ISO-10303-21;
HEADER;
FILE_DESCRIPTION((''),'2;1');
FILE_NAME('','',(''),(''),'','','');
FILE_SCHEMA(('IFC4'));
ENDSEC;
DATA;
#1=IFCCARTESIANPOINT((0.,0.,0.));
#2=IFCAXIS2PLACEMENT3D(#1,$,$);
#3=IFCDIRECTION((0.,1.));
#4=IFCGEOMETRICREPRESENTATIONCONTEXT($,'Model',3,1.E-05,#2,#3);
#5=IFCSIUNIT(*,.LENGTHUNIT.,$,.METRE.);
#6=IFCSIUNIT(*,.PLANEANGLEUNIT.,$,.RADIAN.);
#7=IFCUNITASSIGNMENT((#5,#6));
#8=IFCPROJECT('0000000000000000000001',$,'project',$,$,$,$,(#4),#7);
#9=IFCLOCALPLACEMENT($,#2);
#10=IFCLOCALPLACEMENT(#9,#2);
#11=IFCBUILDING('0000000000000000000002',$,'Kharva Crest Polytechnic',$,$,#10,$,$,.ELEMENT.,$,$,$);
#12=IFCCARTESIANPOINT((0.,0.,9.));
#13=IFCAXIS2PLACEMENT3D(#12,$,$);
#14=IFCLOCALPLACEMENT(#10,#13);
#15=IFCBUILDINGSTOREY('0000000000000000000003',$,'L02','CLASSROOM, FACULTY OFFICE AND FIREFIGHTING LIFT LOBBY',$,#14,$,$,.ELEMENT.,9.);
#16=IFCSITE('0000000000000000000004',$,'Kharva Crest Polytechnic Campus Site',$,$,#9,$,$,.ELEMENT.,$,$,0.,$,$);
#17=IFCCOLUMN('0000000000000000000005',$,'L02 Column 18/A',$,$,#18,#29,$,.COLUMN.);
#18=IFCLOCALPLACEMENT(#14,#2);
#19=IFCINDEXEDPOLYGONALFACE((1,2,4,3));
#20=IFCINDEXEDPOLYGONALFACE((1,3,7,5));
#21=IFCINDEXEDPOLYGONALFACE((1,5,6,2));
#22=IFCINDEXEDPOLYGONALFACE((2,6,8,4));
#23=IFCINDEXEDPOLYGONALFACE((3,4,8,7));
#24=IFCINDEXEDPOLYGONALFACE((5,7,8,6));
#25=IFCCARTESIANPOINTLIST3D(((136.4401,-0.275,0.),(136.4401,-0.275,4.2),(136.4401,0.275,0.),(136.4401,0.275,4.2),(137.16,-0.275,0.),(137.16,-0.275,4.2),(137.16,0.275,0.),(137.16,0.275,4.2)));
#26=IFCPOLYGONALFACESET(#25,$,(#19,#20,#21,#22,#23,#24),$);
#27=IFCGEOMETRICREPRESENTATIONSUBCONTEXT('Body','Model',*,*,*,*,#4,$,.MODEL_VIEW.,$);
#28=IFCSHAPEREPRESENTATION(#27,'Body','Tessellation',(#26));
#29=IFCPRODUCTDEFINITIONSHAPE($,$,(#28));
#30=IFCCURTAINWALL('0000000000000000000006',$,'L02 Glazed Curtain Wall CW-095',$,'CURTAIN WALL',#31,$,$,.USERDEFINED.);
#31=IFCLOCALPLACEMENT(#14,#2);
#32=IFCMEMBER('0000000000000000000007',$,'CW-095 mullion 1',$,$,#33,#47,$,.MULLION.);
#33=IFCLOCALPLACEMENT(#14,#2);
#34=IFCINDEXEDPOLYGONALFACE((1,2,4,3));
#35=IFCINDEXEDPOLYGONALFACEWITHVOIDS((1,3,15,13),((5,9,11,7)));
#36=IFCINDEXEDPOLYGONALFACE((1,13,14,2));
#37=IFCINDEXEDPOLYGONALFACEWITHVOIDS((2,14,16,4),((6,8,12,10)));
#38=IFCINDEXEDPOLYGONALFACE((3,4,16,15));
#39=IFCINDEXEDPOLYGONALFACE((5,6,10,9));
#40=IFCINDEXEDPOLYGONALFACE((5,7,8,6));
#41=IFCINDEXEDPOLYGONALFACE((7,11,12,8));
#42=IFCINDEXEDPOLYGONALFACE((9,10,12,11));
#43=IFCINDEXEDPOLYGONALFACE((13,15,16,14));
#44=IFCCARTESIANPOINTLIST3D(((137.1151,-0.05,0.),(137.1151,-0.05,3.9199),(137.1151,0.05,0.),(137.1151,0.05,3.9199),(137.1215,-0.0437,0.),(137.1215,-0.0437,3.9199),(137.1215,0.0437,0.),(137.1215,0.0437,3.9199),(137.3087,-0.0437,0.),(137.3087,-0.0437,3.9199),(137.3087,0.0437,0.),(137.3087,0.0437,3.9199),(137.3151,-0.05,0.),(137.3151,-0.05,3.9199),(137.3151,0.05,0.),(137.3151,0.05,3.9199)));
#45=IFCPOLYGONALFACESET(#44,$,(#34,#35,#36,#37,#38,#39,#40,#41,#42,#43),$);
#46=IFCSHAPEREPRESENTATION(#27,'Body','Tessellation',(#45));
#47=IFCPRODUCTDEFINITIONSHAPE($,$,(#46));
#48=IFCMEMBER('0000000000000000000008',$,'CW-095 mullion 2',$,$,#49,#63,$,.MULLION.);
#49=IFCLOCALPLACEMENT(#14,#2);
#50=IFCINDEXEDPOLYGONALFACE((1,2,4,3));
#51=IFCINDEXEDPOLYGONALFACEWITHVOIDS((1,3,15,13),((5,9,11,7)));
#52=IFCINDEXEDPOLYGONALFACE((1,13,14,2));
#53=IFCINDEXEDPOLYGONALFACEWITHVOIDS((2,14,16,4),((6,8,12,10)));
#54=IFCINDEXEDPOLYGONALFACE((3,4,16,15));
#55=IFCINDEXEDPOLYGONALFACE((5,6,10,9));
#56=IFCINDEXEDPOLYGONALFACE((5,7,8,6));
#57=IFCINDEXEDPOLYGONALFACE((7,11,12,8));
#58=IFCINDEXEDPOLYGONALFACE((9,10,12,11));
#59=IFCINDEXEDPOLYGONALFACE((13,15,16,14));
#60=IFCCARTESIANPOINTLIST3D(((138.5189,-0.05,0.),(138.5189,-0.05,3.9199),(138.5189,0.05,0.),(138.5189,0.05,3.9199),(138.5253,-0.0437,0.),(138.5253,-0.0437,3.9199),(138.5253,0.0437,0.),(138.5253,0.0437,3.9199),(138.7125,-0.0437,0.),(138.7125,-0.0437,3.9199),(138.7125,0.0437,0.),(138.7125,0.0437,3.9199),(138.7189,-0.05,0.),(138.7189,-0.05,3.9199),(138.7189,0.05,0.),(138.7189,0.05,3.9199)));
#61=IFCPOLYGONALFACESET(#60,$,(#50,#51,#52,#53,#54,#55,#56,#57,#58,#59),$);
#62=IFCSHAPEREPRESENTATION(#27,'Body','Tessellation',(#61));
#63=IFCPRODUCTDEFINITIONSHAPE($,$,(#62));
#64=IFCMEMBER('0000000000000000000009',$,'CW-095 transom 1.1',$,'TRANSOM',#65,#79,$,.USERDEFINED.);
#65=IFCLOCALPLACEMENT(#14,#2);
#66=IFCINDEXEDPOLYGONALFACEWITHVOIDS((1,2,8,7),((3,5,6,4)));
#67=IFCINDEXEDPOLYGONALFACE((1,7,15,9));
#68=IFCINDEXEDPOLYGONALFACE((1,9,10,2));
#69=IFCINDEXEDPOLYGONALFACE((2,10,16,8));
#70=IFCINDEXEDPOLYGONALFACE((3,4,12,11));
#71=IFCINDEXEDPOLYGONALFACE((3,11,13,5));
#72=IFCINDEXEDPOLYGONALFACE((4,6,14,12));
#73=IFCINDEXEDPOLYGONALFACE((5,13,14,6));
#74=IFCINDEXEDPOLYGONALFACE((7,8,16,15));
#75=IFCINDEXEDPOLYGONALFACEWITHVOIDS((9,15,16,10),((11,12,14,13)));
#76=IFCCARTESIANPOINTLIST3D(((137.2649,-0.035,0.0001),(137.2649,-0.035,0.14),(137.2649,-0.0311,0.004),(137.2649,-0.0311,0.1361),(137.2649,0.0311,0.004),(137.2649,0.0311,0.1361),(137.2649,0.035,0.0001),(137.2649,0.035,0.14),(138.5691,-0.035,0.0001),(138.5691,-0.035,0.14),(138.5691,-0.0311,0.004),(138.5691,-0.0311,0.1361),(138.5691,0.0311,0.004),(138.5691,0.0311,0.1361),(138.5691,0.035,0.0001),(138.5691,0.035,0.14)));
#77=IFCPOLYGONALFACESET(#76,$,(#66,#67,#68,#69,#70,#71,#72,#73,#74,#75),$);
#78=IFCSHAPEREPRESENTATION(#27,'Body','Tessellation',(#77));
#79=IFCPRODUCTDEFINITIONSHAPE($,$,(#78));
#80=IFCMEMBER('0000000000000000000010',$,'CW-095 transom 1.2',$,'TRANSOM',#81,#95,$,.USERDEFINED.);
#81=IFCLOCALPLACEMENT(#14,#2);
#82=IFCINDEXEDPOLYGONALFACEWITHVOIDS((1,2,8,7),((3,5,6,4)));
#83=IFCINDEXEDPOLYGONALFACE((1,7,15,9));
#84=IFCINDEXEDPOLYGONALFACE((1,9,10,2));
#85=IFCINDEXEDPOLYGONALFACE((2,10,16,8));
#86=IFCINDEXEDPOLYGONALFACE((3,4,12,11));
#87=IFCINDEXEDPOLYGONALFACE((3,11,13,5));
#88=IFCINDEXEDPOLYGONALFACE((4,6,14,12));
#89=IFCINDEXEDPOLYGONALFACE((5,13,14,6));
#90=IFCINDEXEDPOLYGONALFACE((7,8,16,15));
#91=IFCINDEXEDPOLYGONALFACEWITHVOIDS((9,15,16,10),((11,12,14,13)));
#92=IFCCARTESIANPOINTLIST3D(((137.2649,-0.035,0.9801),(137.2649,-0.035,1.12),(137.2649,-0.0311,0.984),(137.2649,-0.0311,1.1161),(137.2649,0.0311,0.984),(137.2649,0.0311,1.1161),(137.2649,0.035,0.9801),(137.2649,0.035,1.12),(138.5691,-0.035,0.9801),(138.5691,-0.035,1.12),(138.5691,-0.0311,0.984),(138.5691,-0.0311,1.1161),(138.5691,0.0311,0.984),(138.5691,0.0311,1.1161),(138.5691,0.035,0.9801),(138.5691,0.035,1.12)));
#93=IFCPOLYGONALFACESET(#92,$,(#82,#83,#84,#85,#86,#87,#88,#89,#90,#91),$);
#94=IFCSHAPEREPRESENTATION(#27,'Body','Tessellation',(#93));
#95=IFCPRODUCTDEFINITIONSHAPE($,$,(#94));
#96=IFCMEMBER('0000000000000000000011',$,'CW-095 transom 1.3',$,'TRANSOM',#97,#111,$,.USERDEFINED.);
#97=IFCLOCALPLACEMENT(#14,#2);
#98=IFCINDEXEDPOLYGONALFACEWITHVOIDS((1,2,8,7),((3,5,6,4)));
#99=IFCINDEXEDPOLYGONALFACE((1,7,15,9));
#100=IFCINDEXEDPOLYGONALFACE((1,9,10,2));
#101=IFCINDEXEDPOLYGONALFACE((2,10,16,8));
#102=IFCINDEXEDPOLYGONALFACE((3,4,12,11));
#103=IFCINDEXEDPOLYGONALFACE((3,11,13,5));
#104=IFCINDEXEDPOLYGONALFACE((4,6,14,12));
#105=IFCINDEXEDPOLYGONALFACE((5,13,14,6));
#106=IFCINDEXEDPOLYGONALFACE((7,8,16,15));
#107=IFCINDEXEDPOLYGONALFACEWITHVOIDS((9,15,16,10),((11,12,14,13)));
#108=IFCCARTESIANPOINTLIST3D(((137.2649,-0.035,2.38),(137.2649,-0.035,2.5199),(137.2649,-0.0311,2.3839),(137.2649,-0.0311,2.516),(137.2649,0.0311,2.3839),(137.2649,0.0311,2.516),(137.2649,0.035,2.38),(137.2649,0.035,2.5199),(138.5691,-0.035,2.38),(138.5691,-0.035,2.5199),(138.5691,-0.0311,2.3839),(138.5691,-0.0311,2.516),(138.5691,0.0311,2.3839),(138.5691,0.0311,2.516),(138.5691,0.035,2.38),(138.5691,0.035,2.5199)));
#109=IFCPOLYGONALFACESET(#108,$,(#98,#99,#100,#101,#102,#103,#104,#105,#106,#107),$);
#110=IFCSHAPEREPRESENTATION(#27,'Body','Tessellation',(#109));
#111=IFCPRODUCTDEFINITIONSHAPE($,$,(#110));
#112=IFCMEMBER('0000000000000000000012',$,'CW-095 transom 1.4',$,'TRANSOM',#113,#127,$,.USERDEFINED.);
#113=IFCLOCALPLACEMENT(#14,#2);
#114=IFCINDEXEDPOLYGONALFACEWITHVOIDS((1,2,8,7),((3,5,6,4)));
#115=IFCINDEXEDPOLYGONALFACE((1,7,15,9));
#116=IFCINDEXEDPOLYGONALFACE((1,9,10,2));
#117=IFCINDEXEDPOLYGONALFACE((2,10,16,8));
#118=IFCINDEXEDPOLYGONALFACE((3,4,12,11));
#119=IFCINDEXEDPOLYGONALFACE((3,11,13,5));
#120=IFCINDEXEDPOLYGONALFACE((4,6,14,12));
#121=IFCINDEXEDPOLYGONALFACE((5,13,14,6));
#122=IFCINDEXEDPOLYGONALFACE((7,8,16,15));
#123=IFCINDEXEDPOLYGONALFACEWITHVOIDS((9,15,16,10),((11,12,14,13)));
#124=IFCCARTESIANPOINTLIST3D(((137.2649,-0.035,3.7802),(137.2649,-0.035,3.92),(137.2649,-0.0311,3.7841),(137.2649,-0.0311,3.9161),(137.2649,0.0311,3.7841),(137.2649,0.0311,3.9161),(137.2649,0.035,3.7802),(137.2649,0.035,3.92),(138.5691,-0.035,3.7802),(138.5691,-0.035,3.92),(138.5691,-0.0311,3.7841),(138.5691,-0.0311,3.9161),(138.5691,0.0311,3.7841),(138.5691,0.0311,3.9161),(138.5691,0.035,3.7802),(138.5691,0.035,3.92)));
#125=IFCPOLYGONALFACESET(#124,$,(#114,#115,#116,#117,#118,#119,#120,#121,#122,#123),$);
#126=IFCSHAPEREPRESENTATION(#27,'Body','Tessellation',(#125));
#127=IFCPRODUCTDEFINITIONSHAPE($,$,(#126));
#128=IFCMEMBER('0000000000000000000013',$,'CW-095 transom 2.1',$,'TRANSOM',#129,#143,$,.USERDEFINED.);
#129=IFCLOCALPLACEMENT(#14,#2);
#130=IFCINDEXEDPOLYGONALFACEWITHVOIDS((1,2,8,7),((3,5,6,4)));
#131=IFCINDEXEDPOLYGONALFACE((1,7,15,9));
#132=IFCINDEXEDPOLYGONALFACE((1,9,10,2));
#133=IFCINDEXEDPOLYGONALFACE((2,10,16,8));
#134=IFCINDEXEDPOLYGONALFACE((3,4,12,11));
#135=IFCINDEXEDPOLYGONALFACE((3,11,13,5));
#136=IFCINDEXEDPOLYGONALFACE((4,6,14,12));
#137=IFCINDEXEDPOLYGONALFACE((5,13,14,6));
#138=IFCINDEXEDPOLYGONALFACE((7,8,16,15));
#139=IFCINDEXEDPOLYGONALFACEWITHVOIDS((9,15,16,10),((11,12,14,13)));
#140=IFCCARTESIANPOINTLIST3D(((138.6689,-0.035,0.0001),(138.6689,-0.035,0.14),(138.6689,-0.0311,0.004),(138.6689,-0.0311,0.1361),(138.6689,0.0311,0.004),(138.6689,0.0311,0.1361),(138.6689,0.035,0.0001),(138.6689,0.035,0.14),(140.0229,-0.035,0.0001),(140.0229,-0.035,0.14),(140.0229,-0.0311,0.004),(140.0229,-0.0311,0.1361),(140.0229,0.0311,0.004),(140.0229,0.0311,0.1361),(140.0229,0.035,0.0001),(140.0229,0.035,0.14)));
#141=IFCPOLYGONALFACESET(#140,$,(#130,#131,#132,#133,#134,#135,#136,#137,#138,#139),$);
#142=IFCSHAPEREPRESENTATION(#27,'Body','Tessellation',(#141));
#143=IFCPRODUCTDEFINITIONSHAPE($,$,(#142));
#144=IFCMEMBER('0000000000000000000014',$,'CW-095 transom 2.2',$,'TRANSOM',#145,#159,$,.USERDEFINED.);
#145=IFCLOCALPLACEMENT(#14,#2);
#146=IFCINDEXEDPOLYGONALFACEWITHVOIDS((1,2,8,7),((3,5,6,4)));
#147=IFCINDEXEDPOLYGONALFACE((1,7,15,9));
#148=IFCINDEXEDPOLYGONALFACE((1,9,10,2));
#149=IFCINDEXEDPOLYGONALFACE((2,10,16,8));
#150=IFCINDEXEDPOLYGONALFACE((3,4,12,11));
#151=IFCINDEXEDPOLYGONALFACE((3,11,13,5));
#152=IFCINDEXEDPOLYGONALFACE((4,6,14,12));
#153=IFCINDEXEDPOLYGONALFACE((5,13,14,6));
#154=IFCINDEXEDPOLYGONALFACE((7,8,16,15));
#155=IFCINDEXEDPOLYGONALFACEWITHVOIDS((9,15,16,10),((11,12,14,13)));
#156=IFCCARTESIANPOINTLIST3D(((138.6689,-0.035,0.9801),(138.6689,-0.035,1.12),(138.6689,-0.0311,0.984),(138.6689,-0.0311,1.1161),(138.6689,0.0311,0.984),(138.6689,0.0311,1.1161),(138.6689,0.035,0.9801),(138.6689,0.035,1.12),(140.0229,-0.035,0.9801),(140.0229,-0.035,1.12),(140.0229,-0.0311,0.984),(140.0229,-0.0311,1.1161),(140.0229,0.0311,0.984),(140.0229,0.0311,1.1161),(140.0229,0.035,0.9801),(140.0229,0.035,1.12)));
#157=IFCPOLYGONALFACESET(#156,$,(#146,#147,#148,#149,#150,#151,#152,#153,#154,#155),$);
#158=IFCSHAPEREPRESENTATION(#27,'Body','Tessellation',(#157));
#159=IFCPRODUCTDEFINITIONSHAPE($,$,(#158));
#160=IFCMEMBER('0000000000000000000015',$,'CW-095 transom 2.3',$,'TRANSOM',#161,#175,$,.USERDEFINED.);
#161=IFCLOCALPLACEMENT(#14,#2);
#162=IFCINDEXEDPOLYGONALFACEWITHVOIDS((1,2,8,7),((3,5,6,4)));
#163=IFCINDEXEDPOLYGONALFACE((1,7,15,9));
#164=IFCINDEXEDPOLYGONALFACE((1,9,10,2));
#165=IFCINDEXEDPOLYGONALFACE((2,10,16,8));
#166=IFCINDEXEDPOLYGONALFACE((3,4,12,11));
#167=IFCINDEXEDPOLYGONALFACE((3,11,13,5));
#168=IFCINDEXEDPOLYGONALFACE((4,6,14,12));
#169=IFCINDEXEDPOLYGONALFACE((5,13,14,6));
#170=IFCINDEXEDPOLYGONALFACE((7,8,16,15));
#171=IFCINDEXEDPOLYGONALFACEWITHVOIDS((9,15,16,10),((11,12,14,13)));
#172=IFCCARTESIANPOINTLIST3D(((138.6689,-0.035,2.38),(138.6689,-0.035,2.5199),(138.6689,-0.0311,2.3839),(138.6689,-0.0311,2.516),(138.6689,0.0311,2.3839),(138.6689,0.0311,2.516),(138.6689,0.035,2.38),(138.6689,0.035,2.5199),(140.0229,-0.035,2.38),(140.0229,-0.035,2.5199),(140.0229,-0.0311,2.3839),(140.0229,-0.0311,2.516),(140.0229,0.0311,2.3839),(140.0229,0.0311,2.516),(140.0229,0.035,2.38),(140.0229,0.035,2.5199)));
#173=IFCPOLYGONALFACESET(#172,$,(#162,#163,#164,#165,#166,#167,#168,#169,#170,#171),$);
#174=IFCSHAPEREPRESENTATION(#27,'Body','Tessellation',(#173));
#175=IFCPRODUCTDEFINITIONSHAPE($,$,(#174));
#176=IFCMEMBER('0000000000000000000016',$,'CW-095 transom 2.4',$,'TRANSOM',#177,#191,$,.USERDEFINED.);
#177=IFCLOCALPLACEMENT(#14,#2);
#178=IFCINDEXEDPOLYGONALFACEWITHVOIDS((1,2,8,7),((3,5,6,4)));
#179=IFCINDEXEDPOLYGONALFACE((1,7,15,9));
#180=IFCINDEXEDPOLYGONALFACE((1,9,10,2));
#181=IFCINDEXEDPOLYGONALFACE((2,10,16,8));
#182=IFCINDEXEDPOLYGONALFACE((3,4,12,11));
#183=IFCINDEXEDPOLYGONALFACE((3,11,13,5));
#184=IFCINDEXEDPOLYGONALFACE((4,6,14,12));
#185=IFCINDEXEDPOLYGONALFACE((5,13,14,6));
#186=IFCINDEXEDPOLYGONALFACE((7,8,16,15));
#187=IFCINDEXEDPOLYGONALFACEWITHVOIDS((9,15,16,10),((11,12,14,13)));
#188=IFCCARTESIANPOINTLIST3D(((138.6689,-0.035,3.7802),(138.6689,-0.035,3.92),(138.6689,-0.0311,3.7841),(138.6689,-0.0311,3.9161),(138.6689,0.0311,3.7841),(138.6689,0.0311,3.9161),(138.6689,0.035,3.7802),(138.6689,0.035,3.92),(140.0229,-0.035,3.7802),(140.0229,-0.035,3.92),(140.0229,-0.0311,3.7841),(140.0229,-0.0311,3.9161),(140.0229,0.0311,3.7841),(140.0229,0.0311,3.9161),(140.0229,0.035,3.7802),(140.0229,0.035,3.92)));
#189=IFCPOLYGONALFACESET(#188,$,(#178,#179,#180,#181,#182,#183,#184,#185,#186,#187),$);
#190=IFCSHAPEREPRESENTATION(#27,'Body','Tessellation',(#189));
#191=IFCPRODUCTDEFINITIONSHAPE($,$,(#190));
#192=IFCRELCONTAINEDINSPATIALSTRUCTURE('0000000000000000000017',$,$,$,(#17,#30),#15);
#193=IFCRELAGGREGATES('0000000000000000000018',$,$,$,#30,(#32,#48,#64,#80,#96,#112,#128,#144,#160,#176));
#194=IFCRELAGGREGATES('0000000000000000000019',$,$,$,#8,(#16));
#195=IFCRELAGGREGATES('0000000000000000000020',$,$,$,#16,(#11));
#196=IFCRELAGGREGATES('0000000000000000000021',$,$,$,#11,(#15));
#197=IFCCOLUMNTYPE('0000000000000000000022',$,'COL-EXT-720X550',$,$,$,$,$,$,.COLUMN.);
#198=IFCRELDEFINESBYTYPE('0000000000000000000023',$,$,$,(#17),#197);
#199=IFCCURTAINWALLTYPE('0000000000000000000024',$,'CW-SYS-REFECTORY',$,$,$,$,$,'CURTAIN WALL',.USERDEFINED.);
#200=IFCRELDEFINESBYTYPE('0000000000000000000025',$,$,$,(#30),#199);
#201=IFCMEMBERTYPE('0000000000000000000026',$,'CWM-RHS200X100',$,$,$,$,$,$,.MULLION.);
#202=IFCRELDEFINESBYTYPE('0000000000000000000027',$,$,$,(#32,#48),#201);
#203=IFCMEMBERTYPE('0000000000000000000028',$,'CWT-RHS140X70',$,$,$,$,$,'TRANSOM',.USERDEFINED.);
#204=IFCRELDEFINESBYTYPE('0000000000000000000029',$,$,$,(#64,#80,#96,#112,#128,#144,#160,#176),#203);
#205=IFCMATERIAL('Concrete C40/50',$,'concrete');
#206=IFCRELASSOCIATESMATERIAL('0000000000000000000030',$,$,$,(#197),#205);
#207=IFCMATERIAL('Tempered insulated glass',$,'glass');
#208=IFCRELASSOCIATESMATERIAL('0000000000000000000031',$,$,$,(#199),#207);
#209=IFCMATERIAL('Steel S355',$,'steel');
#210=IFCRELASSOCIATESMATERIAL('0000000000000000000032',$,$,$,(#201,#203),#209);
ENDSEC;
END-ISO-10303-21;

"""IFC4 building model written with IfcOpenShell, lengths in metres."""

from ifc_helpers import new_model, si_unit, direction, frame, origin, origin_2d, place, context, subcontext, project, spatial, rectangle, hollow_rectangle, extrude, material, material_profile, profile_set, type_object, element, aggregate, save


model = new_model("IFC4")

# Units and contexts
model_context = context("Model", 3, precision=1e-05, world=origin(), true_north=direction((0.0, 1.0)))
body_context = subcontext(model_context, "Body", "Model", "MODEL_VIEW")
ifc_project = project(units=[si_unit("LENGTHUNIT", "METRE"), si_unit("PLANEANGLEUNIT", "RADIAN")], contexts=[model_context])

# Site, building, storey
site_placement = place(None, origin())
site = spatial("IfcSite", under=ifc_project, at=site_placement, Name="Kharva Crest Polytechnic Campus Site", CompositionType="ELEMENT", RefElevation=0.0)
building_placement = place(site_placement, origin())
building = spatial("IfcBuilding", under=site, at=building_placement, Name="Kharva Crest Polytechnic", CompositionType="ELEMENT")
storey_placement = place(building_placement, frame((0.0, 0.0, 9.0)))
storey = spatial("IfcBuildingStorey", under=building, at=storey_placement, Name="L02", Description="CLASSROOM, FACULTY OFFICE AND FIREFIGHTING LIFT LOBBY", CompositionType="ELEMENT", Elevation=9.0)

# Column
ifc_material_1 = material(Name="Concrete C40/50", Category="concrete")
ifc_material_profile_1 = material_profile(ifc_material_1, rectangle(XDim=0.72, YDim=0.55, at=origin_2d()), Name="RECT 720 X 550")
ifc_profile_set_1 = profile_set([ifc_material_profile_1], Name="Concrete C40/50")
column_type = type_object("IfcColumnType", Name="COL-EXT-720X550", PredefinedType="COLUMN", material=ifc_profile_set_1)
column_placement = place(storey_placement, frame((136.8, 0.0, 0.0), z_axis=(0.0, 0.0, 1.0), x_axis=(1.0, 0.0, 0.0)))
element("IfcColumn", 1, at=column_placement, inside=storey, type_object=column_type, Name="L02 Column 18/A", PredefinedType="COLUMN", context=body_context, shape_type="SweptSolid", body=[
    extrude(rectangle(XDim=0.72, YDim=0.55, at=origin_2d()), origin(), (0.0, 0.0, 1.0), 4.2),
])

# Curtain wall, members
ifc_material_2 = material(Name="Tempered insulated glass", Category="glass")
curtain_wall_type = type_object("IfcCurtainWallType", Name="CW-SYS-REFECTORY", ElementType="CURTAIN WALL", PredefinedType="USERDEFINED", material=ifc_material_2)
curtain_wall_placement = place(storey_placement, origin())
curtain_wall = element("IfcCurtainWall", 2, at=curtain_wall_placement, inside=storey, type_object=curtain_wall_type, Name="L02 Glazed Curtain Wall CW-095", ObjectType="CURTAIN WALL", PredefinedType="USERDEFINED")
ifc_material_3 = material(Name="Steel S355", Category="steel")
ifc_material_profile_2 = material_profile(ifc_material_3, hollow_rectangle(XDim=0.1001, YDim=0.2, WallThickness=0.0063, at=origin_2d()), Name="RHS 200X100X6.3")
ifc_profile_set_2 = profile_set([ifc_material_profile_2], Name="Steel S355")
member_type_1 = type_object("IfcMemberType", Name="CWM-RHS200X100", PredefinedType="MULLION", material=ifc_profile_set_2)
member_1_placement = place(storey_placement, frame((137.2151, 0.0, 0.0), z_axis=(0.0, 0.0, 1.0), x_axis=(0.0, 1.0, 0.0)))
member_1 = element("IfcMember", 3, at=member_1_placement, type_object=member_type_1, Name="CW-095 mullion 1", PredefinedType="MULLION", context=body_context, shape_type="SweptSolid", body=[
    extrude(hollow_rectangle(XDim=0.1001, YDim=0.2, WallThickness=0.0063, at=origin_2d()), origin(), (0.0, 0.0, 1.0), 3.9199),
])
member_2_placement = place(storey_placement, frame((138.6189, 0.0, 0.0), z_axis=(0.0, 0.0, 1.0), x_axis=(0.0, 1.0, 0.0)))
member_2 = element("IfcMember", 4, at=member_2_placement, type_object=member_type_1, Name="CW-095 mullion 2", PredefinedType="MULLION", context=body_context, shape_type="SweptSolid", body=[
    extrude(hollow_rectangle(XDim=0.1001, YDim=0.2, WallThickness=0.0063, at=origin_2d()), origin(), (0.0, 0.0, 1.0), 3.9199),
])
ifc_material_profile_3 = material_profile(ifc_material_3, hollow_rectangle(XDim=0.0701, YDim=0.1399, WallThickness=0.0039, at=origin_2d()), Name="RHS 140X70X4.0")
ifc_profile_set_3 = profile_set([ifc_material_profile_3], Name="Steel S355")
member_type_2 = type_object("IfcMemberType", Name="CWT-RHS140X70", ElementType="TRANSOM", PredefinedType="USERDEFINED", material=ifc_profile_set_3)
member_3_placement = place(storey_placement, frame((137.2649, 0.0, 0.0701), z_axis=(1.0, 0.0, 0.0), x_axis=(0.0, 1.0, 0.0)))
member_3 = element("IfcMember", 5, at=member_3_placement, type_object=member_type_2, Name="CW-095 transom 1.1", ObjectType="TRANSOM", PredefinedType="USERDEFINED", context=body_context, shape_type="SweptSolid", body=[
    extrude(hollow_rectangle(XDim=0.0701, YDim=0.1399, WallThickness=0.0039, at=origin_2d()), origin(), (0.0, 0.0, 1.0), 1.3042),
])
member_4_placement = place(storey_placement, frame((137.2649, 0.0, 1.05), z_axis=(1.0, 0.0, 0.0), x_axis=(0.0, 1.0, 0.0)))
member_4 = element("IfcMember", 6, at=member_4_placement, type_object=member_type_2, Name="CW-095 transom 1.2", ObjectType="TRANSOM", PredefinedType="USERDEFINED", context=body_context, shape_type="SweptSolid", body=[
    extrude(hollow_rectangle(XDim=0.0701, YDim=0.1399, WallThickness=0.0039, at=origin_2d()), origin(), (0.0, 0.0, 1.0), 1.3042),
])
member_5_placement = place(storey_placement, frame((137.2649, 0.0, 2.45), z_axis=(1.0, 0.0, 0.0), x_axis=(0.0, 1.0, 0.0)))
member_5 = element("IfcMember", 7, at=member_5_placement, type_object=member_type_2, Name="CW-095 transom 1.3", ObjectType="TRANSOM", PredefinedType="USERDEFINED", context=body_context, shape_type="SweptSolid", body=[
    extrude(hollow_rectangle(XDim=0.0701, YDim=0.1399, WallThickness=0.0039, at=origin_2d()), origin(), (0.0, 0.0, 1.0), 1.3042),
])
member_6_placement = place(storey_placement, frame((137.2649, 0.0, 3.8501), z_axis=(1.0, 0.0, 0.0), x_axis=(0.0, 1.0, 0.0)))
member_6 = element("IfcMember", 8, at=member_6_placement, type_object=member_type_2, Name="CW-095 transom 1.4", ObjectType="TRANSOM", PredefinedType="USERDEFINED", context=body_context, shape_type="SweptSolid", body=[
    extrude(hollow_rectangle(XDim=0.0701, YDim=0.1399, WallThickness=0.0039, at=origin_2d()), origin(), (0.0, 0.0, 1.0), 1.3042),
])
member_7_placement = place(storey_placement, frame((138.6689, 0.0, 0.0701), z_axis=(1.0, 0.0, 0.0), x_axis=(0.0, 1.0, 0.0)))
member_7 = element("IfcMember", 9, at=member_7_placement, type_object=member_type_2, Name="CW-095 transom 2.1", ObjectType="TRANSOM", PredefinedType="USERDEFINED", context=body_context, shape_type="SweptSolid", body=[
    extrude(hollow_rectangle(XDim=0.0701, YDim=0.1399, WallThickness=0.0039, at=origin_2d()), origin(), (0.0, 0.0, 1.0), 1.354),
])
member_8_placement = place(storey_placement, frame((138.6689, 0.0, 1.05), z_axis=(1.0, 0.0, 0.0), x_axis=(0.0, 1.0, 0.0)))
member_8 = element("IfcMember", 10, at=member_8_placement, type_object=member_type_2, Name="CW-095 transom 2.2", ObjectType="TRANSOM", PredefinedType="USERDEFINED", context=body_context, shape_type="SweptSolid", body=[
    extrude(hollow_rectangle(XDim=0.0701, YDim=0.1399, WallThickness=0.0039, at=origin_2d()), origin(), (0.0, 0.0, 1.0), 1.354),
])
member_9_placement = place(storey_placement, frame((138.6689, 0.0, 2.45), z_axis=(1.0, 0.0, 0.0), x_axis=(0.0, 1.0, 0.0)))
member_9 = element("IfcMember", 11, at=member_9_placement, type_object=member_type_2, Name="CW-095 transom 2.3", ObjectType="TRANSOM", PredefinedType="USERDEFINED", context=body_context, shape_type="SweptSolid", body=[
    extrude(hollow_rectangle(XDim=0.0701, YDim=0.1399, WallThickness=0.0039, at=origin_2d()), origin(), (0.0, 0.0, 1.0), 1.354),
])
member_10_placement = place(storey_placement, frame((138.6689, 0.0, 3.8501), z_axis=(1.0, 0.0, 0.0), x_axis=(0.0, 1.0, 0.0)))
member_10 = element("IfcMember", 12, at=member_10_placement, type_object=member_type_2, Name="CW-095 transom 2.4", ObjectType="TRANSOM", PredefinedType="USERDEFINED", context=body_context, shape_type="SweptSolid", body=[
    extrude(hollow_rectangle(XDim=0.0701, YDim=0.1399, WallThickness=0.0039, at=origin_2d()), origin(), (0.0, 0.0, 1.0), 1.354),
])
aggregate(curtain_wall, [member_1, member_2, member_3, member_4, member_5, member_6, member_7, member_8, member_9, member_10])

save(model, "model.ifc")
